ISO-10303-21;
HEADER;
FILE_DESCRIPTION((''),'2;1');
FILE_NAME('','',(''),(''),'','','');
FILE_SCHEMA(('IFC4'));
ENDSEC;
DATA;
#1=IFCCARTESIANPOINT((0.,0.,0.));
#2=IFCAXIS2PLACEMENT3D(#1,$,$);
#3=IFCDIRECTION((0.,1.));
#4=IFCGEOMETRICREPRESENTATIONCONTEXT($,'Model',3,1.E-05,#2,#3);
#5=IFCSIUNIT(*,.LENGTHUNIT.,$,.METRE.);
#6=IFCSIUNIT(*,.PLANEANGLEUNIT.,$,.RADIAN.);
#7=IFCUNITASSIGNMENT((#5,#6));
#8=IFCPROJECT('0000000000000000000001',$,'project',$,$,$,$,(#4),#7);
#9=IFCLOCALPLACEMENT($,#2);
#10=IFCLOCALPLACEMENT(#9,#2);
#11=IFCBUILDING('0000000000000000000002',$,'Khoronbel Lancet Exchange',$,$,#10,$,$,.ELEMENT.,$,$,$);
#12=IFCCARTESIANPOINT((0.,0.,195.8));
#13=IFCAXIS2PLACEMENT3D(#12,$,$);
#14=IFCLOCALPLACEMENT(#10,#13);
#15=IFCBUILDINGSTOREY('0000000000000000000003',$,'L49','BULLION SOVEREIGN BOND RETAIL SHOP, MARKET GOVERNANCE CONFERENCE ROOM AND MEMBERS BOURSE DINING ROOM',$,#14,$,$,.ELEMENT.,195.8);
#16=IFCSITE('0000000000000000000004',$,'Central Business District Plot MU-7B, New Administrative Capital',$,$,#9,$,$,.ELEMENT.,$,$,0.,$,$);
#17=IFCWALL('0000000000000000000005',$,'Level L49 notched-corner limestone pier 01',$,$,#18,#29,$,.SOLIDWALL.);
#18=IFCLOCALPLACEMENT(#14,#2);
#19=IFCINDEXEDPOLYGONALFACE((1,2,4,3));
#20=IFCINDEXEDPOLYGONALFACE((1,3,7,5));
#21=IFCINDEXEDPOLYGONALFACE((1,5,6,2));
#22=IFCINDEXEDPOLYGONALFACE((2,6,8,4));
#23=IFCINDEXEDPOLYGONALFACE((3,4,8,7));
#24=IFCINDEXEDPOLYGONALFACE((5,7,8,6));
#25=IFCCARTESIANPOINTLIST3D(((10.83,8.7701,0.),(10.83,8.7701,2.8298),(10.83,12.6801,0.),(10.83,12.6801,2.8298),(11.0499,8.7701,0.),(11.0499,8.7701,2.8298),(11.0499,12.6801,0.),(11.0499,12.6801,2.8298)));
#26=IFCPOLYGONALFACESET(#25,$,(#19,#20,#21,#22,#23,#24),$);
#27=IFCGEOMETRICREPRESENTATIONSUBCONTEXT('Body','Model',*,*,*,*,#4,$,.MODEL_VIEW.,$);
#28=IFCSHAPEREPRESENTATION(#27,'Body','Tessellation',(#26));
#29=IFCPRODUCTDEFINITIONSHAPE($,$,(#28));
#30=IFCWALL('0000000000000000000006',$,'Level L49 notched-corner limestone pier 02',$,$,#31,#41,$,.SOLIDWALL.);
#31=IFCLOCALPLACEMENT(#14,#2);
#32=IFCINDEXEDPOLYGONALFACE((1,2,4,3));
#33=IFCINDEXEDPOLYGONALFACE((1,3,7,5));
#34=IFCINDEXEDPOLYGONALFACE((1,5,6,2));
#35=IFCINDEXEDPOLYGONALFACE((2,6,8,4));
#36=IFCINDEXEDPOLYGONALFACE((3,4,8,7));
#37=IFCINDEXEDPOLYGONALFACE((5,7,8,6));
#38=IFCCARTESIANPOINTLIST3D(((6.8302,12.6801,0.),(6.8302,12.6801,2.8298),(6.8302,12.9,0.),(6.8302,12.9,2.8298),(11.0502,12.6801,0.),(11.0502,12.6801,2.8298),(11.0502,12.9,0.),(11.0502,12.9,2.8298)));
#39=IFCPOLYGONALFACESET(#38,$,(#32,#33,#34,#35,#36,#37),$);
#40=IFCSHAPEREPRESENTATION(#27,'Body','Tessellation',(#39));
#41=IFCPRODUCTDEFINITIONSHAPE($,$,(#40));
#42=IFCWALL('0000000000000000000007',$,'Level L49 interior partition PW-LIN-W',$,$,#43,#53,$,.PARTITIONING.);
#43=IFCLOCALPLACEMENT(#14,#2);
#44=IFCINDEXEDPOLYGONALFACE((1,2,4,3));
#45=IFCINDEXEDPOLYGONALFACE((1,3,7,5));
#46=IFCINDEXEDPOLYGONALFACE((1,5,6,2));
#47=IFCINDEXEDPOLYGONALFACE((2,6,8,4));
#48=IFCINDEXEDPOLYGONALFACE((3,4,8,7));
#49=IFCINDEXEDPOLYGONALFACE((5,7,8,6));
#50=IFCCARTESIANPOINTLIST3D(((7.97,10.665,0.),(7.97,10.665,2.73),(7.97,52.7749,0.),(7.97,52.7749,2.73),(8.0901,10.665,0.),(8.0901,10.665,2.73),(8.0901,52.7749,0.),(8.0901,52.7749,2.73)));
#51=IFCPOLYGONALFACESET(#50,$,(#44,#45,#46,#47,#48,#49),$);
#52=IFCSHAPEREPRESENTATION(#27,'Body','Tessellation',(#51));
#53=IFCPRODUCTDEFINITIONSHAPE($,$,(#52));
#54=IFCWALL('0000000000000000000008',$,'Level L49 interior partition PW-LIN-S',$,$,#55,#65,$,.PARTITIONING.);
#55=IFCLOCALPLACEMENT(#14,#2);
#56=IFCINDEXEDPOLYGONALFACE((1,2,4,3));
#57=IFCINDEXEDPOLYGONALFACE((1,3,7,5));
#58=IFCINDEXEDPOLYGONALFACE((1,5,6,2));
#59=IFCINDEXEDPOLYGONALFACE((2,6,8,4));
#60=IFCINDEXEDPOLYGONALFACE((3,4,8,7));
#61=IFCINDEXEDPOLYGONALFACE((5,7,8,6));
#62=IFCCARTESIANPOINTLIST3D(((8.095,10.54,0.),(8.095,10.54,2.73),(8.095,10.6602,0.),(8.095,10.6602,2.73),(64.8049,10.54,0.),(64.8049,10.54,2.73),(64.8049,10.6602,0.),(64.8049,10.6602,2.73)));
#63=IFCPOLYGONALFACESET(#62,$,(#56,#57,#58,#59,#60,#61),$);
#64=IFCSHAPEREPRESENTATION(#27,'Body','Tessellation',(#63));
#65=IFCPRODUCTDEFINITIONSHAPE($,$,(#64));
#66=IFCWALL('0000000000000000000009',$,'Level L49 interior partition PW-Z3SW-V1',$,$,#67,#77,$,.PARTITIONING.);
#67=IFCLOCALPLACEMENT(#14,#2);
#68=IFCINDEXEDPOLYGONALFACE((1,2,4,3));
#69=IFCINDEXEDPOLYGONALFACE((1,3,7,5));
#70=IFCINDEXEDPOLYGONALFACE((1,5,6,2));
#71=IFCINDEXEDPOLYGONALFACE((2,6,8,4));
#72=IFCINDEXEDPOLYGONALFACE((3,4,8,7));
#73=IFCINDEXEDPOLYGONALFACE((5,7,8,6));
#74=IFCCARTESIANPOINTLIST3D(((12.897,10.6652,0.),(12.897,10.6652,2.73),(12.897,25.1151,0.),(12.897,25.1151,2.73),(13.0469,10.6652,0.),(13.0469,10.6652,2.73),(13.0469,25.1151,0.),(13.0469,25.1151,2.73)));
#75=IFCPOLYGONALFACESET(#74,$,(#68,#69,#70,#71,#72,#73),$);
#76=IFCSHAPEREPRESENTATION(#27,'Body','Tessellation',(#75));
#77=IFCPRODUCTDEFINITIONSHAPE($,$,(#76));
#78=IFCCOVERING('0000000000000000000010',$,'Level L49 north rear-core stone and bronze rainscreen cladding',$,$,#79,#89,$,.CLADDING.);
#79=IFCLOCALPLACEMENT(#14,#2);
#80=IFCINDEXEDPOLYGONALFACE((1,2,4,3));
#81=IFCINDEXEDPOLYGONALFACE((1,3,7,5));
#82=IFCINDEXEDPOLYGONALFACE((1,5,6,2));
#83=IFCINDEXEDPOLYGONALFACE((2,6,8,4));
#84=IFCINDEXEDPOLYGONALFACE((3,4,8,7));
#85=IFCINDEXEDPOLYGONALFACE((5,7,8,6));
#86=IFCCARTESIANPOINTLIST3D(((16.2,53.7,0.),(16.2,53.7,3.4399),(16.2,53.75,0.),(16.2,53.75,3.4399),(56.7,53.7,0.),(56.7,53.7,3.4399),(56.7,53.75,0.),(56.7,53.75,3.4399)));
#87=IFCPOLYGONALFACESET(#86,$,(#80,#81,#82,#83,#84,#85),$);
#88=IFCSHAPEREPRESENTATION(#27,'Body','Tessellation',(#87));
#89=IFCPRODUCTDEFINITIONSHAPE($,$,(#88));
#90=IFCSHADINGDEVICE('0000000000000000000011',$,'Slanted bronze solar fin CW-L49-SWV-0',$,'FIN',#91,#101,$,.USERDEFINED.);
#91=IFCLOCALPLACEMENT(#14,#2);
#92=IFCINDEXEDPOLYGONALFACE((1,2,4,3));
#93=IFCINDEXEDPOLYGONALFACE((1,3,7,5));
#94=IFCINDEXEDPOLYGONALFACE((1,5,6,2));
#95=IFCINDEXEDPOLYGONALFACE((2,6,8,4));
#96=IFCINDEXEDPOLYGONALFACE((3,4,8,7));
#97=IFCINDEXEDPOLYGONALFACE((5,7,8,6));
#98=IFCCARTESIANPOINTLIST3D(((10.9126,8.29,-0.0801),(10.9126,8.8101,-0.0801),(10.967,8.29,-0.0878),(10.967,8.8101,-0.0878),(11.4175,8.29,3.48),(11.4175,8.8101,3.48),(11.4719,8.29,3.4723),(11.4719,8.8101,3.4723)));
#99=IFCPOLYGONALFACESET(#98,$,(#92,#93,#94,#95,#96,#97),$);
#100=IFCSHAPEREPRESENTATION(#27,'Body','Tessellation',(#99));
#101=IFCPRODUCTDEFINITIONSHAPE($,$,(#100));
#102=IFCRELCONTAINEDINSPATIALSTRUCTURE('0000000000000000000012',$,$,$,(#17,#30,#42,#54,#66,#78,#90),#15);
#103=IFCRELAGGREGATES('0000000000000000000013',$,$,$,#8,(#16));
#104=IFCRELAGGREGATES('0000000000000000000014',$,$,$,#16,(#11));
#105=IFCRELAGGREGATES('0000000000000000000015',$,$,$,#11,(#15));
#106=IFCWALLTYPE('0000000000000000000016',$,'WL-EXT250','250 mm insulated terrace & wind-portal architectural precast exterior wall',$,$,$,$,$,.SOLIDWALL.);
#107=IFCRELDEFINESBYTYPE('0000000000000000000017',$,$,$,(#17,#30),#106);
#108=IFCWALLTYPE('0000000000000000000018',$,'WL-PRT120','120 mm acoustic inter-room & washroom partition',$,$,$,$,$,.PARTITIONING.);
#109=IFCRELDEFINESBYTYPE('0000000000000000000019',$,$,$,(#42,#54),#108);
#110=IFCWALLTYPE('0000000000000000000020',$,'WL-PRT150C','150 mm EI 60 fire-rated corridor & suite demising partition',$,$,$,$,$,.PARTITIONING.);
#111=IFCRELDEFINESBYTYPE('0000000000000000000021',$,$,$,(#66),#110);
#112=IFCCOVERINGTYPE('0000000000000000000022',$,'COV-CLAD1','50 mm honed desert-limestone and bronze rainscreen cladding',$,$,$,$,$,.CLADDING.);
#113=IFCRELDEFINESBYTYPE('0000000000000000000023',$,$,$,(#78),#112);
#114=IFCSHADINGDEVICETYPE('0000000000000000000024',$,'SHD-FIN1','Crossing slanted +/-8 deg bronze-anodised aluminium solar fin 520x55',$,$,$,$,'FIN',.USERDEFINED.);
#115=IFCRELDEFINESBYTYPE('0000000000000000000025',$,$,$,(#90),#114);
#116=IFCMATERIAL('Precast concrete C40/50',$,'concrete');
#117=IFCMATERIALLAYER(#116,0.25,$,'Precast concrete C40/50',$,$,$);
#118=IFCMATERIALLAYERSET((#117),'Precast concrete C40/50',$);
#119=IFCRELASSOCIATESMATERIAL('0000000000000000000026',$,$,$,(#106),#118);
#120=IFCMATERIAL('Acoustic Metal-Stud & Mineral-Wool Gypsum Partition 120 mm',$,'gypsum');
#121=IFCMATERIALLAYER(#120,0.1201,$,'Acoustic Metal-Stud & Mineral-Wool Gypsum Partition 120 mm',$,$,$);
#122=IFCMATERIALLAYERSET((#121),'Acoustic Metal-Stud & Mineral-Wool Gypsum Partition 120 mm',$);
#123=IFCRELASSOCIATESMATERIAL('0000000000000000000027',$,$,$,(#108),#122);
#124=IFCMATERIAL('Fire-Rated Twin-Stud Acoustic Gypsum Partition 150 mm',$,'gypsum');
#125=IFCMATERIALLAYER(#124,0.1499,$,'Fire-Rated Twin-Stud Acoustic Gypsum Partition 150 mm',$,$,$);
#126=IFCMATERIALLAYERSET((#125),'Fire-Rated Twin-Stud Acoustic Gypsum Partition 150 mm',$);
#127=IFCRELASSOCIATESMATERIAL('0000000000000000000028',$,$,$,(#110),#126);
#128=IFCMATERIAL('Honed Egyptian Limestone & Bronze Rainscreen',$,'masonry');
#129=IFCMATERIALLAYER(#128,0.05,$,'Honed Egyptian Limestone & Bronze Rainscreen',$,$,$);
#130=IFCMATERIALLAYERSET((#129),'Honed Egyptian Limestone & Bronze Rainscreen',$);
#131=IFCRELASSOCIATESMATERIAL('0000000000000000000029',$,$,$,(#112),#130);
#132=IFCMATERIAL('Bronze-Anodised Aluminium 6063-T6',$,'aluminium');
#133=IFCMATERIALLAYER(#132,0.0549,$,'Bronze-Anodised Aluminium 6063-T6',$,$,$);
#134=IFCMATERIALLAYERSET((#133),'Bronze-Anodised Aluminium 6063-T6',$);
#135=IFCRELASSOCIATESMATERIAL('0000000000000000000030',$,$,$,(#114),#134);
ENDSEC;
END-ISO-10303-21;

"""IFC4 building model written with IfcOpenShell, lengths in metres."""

from ifc_helpers import new_model, si_unit, direction, frame, frame_2d, origin, place, context, subcontext, project, spatial, polyline, rectangle, outline, extrude, material, layer, layer_set, type_object, element, save


model = new_model("IFC4")

# Units and contexts
model_context = context("Model", 3, precision=1e-05, world=origin(), true_north=direction((0.0, 1.0)))
body_context = subcontext(model_context, "Body", "Model", "MODEL_VIEW")
ifc_project = project(units=[si_unit("LENGTHUNIT", "METRE"), si_unit("PLANEANGLEUNIT", "RADIAN")], contexts=[model_context])

# Site, building, storey
site_placement = place(None, origin())
site = spatial("IfcSite", under=ifc_project, at=site_placement, Name="Central Business District Plot MU-7B, New Administrative Capital", CompositionType="ELEMENT", RefElevation=0.0)
building_placement = place(site_placement, origin())
building = spatial("IfcBuilding", under=site, at=building_placement, Name="Khoronbel Lancet Exchange", CompositionType="ELEMENT")
storey_placement = place(building_placement, frame((0.0, 0.0, 195.8)))
storey = spatial("IfcBuildingStorey", under=building, at=storey_placement, Name="L49", Description="BULLION SOVEREIGN BOND RETAIL SHOP, MARKET GOVERNANCE CONFERENCE ROOM AND MEMBERS BOURSE DINING ROOM", CompositionType="ELEMENT", Elevation=195.8)

# Shared definitions
ifc_material_1 = material(Name="Bronze-Anodised Aluminium 6063-T6", Category="aluminium")

# Walls
ifc_material_2 = material(Name="Precast concrete C40/50", Category="concrete")
ifc_layer_1 = layer(ifc_material_2, 0.25, Name="Precast concrete C40/50")
ifc_layer_set_1 = layer_set([ifc_layer_1], Name="Precast concrete C40/50")
wall_type_1 = type_object("IfcWallType", Name="WL-EXT250", Description="250 mm insulated terrace & wind-portal architectural precast exterior wall", PredefinedType="SOLIDWALL", material=ifc_layer_set_1)
wall_1_placement = place(storey_placement, frame((10.9399, 8.77, 0.0), z_axis=(0.0, 0.0, 1.0), x_axis=(0.0, 1.0, 0.0)))
element("IfcWall", 1, at=wall_1_placement, inside=storey, type_object=wall_type_1, Name="Level L49 notched-corner limestone pier 01", PredefinedType="SOLIDWALL", context=body_context, shape_type="SweptSolid", body=[
    extrude(rectangle(XDim=3.9099, YDim=0.22, at=frame_2d((1.9551, 0.0))), origin(), (0.0, 0.0, 1.0), 2.8298),
])
wall_2_placement = place(storey_placement, frame((11.05, 12.79, 0.0), z_axis=(0.0, 0.0, 1.0), x_axis=(-1.0, 0.0, 0.0)))
element("IfcWall", 2, at=wall_2_placement, inside=storey, type_object=wall_type_1, Name="Level L49 notched-corner limestone pier 02", PredefinedType="SOLIDWALL", context=body_context, shape_type="SweptSolid", body=[
    extrude(rectangle(XDim=4.22, YDim=0.22, at=frame_2d((2.1099, 0.0))), origin(), (0.0, 0.0, 1.0), 2.8298),
])
ifc_material_3 = material(Name="Acoustic Metal-Stud & Mineral-Wool Gypsum Partition 120 mm", Category="gypsum")
ifc_layer_2 = layer(ifc_material_3, 0.1201, Name="Acoustic Metal-Stud & Mineral-Wool Gypsum Partition 120 mm")
ifc_layer_set_2 = layer_set([ifc_layer_2], Name="Acoustic Metal-Stud & Mineral-Wool Gypsum Partition 120 mm")
wall_type_2 = type_object("IfcWallType", Name="WL-PRT120", Description="120 mm acoustic inter-room & washroom partition", PredefinedType="PARTITIONING", material=ifc_layer_set_2)
wall_3_placement = place(storey_placement, frame((8.03, 10.665, 0.0), z_axis=(0.0, 0.0, 1.0), x_axis=(0.0, 1.0, 0.0)))
element("IfcWall", 3, at=wall_3_placement, inside=storey, type_object=wall_type_2, Name="Level L49 interior partition PW-LIN-W", PredefinedType="PARTITIONING", context=body_context, shape_type="SweptSolid", body=[
    extrude(rectangle(XDim=42.1099, YDim=0.1201, at=frame_2d((21.0549, 0.0))), origin(), (0.0, 0.0, 1.0), 2.73),
])
wall_4_placement = place(storey_placement, frame((8.095, 10.6001, 0.0), z_axis=(0.0, 0.0, 1.0), x_axis=(1.0, 0.0, 0.0)))
element("IfcWall", 4, at=wall_4_placement, inside=storey, type_object=wall_type_2, Name="Level L49 interior partition PW-LIN-S", PredefinedType="PARTITIONING", context=body_context, shape_type="SweptSolid", body=[
    extrude(rectangle(XDim=56.71, YDim=0.1201, at=frame_2d((28.355, 0.0))), origin(), (0.0, 0.0, 1.0), 2.73),
])
ifc_material_4 = material(Name="Fire-Rated Twin-Stud Acoustic Gypsum Partition 150 mm", Category="gypsum")
ifc_layer_3 = layer(ifc_material_4, 0.1499, Name="Fire-Rated Twin-Stud Acoustic Gypsum Partition 150 mm")
ifc_layer_set_3 = layer_set([ifc_layer_3], Name="Fire-Rated Twin-Stud Acoustic Gypsum Partition 150 mm")
wall_type_3 = type_object("IfcWallType", Name="WL-PRT150C", Description="150 mm EI 60 fire-rated corridor & suite demising partition", PredefinedType="PARTITIONING", material=ifc_layer_set_3)
wall_5_placement = place(storey_placement, frame((12.9719, 10.665, 0.0), z_axis=(0.0, 0.0, 1.0), x_axis=(0.0, 1.0, 0.0)))
element("IfcWall", 5, at=wall_5_placement, inside=storey, type_object=wall_type_3, Name="Level L49 interior partition PW-Z3SW-V1", PredefinedType="PARTITIONING", context=body_context, shape_type="SweptSolid", body=[
    extrude(rectangle(XDim=14.45, YDim=0.1499, at=frame_2d((7.2251, 0.0))), origin(), (0.0, 0.0, 1.0), 2.73),
])

# Covering
ifc_material_5 = material(Name="Honed Egyptian Limestone & Bronze Rainscreen", Category="masonry")
ifc_layer_4 = layer(ifc_material_5, 0.05, Name="Honed Egyptian Limestone & Bronze Rainscreen")
ifc_layer_set_4 = layer_set([ifc_layer_4], Name="Honed Egyptian Limestone & Bronze Rainscreen")
covering_type = type_object("IfcCoveringType", Name="COV-CLAD1", Description="50 mm honed desert-limestone and bronze rainscreen cladding", PredefinedType="CLADDING", material=ifc_layer_set_4)
covering_placement = place(storey_placement, origin())
element("IfcCovering", 6, at=covering_placement, inside=storey, type_object=covering_type, Name="Level L49 north rear-core stone and bronze rainscreen cladding", PredefinedType="CLADDING", context=body_context, shape_type="SweptSolid", body=[
    extrude(outline(polyline([(16.2, 53.7), (56.7, 53.7), (56.7, 53.75), (16.2, 53.75), (16.2, 53.7)])), origin(), (0.0, 0.0, 1.0), 3.4399),
])

# Shading device
ifc_layer_5 = layer(ifc_material_1, 0.0549, Name="Bronze-Anodised Aluminium 6063-T6")
ifc_layer_set_5 = layer_set([ifc_layer_5], Name="Bronze-Anodised Aluminium 6063-T6")
shading_device_type = type_object("IfcShadingDeviceType", Name="SHD-FIN1", Description="Crossing slanted +/-8 deg bronze-anodised aluminium solar fin 520x55", ElementType="FIN", PredefinedType="USERDEFINED", material=ifc_layer_set_5)
shading_device_placement = place(storey_placement, frame((10.9126, 8.8101, -0.0801), z_axis=(-0.990093, 0.0, 0.140414), x_axis=(0.0, -1.0, 0.0)))
element("IfcShadingDevice", 7, at=shading_device_placement, inside=storey, type_object=shading_device_type, Name="Slanted bronze solar fin CW-L49-SWV-0", ObjectType="FIN", PredefinedType="USERDEFINED", context=body_context, shape_type="SweptSolid", body=[
    extrude(outline(polyline([(0.0, 0.0), (0.52, 0.0), (0.52, 3.5957), (0.0, 3.5957), (0.0, 0.0)])), origin(), (0.0, 0.0, -1.0), 0.0549),
])

save(model, "model.ifc")
